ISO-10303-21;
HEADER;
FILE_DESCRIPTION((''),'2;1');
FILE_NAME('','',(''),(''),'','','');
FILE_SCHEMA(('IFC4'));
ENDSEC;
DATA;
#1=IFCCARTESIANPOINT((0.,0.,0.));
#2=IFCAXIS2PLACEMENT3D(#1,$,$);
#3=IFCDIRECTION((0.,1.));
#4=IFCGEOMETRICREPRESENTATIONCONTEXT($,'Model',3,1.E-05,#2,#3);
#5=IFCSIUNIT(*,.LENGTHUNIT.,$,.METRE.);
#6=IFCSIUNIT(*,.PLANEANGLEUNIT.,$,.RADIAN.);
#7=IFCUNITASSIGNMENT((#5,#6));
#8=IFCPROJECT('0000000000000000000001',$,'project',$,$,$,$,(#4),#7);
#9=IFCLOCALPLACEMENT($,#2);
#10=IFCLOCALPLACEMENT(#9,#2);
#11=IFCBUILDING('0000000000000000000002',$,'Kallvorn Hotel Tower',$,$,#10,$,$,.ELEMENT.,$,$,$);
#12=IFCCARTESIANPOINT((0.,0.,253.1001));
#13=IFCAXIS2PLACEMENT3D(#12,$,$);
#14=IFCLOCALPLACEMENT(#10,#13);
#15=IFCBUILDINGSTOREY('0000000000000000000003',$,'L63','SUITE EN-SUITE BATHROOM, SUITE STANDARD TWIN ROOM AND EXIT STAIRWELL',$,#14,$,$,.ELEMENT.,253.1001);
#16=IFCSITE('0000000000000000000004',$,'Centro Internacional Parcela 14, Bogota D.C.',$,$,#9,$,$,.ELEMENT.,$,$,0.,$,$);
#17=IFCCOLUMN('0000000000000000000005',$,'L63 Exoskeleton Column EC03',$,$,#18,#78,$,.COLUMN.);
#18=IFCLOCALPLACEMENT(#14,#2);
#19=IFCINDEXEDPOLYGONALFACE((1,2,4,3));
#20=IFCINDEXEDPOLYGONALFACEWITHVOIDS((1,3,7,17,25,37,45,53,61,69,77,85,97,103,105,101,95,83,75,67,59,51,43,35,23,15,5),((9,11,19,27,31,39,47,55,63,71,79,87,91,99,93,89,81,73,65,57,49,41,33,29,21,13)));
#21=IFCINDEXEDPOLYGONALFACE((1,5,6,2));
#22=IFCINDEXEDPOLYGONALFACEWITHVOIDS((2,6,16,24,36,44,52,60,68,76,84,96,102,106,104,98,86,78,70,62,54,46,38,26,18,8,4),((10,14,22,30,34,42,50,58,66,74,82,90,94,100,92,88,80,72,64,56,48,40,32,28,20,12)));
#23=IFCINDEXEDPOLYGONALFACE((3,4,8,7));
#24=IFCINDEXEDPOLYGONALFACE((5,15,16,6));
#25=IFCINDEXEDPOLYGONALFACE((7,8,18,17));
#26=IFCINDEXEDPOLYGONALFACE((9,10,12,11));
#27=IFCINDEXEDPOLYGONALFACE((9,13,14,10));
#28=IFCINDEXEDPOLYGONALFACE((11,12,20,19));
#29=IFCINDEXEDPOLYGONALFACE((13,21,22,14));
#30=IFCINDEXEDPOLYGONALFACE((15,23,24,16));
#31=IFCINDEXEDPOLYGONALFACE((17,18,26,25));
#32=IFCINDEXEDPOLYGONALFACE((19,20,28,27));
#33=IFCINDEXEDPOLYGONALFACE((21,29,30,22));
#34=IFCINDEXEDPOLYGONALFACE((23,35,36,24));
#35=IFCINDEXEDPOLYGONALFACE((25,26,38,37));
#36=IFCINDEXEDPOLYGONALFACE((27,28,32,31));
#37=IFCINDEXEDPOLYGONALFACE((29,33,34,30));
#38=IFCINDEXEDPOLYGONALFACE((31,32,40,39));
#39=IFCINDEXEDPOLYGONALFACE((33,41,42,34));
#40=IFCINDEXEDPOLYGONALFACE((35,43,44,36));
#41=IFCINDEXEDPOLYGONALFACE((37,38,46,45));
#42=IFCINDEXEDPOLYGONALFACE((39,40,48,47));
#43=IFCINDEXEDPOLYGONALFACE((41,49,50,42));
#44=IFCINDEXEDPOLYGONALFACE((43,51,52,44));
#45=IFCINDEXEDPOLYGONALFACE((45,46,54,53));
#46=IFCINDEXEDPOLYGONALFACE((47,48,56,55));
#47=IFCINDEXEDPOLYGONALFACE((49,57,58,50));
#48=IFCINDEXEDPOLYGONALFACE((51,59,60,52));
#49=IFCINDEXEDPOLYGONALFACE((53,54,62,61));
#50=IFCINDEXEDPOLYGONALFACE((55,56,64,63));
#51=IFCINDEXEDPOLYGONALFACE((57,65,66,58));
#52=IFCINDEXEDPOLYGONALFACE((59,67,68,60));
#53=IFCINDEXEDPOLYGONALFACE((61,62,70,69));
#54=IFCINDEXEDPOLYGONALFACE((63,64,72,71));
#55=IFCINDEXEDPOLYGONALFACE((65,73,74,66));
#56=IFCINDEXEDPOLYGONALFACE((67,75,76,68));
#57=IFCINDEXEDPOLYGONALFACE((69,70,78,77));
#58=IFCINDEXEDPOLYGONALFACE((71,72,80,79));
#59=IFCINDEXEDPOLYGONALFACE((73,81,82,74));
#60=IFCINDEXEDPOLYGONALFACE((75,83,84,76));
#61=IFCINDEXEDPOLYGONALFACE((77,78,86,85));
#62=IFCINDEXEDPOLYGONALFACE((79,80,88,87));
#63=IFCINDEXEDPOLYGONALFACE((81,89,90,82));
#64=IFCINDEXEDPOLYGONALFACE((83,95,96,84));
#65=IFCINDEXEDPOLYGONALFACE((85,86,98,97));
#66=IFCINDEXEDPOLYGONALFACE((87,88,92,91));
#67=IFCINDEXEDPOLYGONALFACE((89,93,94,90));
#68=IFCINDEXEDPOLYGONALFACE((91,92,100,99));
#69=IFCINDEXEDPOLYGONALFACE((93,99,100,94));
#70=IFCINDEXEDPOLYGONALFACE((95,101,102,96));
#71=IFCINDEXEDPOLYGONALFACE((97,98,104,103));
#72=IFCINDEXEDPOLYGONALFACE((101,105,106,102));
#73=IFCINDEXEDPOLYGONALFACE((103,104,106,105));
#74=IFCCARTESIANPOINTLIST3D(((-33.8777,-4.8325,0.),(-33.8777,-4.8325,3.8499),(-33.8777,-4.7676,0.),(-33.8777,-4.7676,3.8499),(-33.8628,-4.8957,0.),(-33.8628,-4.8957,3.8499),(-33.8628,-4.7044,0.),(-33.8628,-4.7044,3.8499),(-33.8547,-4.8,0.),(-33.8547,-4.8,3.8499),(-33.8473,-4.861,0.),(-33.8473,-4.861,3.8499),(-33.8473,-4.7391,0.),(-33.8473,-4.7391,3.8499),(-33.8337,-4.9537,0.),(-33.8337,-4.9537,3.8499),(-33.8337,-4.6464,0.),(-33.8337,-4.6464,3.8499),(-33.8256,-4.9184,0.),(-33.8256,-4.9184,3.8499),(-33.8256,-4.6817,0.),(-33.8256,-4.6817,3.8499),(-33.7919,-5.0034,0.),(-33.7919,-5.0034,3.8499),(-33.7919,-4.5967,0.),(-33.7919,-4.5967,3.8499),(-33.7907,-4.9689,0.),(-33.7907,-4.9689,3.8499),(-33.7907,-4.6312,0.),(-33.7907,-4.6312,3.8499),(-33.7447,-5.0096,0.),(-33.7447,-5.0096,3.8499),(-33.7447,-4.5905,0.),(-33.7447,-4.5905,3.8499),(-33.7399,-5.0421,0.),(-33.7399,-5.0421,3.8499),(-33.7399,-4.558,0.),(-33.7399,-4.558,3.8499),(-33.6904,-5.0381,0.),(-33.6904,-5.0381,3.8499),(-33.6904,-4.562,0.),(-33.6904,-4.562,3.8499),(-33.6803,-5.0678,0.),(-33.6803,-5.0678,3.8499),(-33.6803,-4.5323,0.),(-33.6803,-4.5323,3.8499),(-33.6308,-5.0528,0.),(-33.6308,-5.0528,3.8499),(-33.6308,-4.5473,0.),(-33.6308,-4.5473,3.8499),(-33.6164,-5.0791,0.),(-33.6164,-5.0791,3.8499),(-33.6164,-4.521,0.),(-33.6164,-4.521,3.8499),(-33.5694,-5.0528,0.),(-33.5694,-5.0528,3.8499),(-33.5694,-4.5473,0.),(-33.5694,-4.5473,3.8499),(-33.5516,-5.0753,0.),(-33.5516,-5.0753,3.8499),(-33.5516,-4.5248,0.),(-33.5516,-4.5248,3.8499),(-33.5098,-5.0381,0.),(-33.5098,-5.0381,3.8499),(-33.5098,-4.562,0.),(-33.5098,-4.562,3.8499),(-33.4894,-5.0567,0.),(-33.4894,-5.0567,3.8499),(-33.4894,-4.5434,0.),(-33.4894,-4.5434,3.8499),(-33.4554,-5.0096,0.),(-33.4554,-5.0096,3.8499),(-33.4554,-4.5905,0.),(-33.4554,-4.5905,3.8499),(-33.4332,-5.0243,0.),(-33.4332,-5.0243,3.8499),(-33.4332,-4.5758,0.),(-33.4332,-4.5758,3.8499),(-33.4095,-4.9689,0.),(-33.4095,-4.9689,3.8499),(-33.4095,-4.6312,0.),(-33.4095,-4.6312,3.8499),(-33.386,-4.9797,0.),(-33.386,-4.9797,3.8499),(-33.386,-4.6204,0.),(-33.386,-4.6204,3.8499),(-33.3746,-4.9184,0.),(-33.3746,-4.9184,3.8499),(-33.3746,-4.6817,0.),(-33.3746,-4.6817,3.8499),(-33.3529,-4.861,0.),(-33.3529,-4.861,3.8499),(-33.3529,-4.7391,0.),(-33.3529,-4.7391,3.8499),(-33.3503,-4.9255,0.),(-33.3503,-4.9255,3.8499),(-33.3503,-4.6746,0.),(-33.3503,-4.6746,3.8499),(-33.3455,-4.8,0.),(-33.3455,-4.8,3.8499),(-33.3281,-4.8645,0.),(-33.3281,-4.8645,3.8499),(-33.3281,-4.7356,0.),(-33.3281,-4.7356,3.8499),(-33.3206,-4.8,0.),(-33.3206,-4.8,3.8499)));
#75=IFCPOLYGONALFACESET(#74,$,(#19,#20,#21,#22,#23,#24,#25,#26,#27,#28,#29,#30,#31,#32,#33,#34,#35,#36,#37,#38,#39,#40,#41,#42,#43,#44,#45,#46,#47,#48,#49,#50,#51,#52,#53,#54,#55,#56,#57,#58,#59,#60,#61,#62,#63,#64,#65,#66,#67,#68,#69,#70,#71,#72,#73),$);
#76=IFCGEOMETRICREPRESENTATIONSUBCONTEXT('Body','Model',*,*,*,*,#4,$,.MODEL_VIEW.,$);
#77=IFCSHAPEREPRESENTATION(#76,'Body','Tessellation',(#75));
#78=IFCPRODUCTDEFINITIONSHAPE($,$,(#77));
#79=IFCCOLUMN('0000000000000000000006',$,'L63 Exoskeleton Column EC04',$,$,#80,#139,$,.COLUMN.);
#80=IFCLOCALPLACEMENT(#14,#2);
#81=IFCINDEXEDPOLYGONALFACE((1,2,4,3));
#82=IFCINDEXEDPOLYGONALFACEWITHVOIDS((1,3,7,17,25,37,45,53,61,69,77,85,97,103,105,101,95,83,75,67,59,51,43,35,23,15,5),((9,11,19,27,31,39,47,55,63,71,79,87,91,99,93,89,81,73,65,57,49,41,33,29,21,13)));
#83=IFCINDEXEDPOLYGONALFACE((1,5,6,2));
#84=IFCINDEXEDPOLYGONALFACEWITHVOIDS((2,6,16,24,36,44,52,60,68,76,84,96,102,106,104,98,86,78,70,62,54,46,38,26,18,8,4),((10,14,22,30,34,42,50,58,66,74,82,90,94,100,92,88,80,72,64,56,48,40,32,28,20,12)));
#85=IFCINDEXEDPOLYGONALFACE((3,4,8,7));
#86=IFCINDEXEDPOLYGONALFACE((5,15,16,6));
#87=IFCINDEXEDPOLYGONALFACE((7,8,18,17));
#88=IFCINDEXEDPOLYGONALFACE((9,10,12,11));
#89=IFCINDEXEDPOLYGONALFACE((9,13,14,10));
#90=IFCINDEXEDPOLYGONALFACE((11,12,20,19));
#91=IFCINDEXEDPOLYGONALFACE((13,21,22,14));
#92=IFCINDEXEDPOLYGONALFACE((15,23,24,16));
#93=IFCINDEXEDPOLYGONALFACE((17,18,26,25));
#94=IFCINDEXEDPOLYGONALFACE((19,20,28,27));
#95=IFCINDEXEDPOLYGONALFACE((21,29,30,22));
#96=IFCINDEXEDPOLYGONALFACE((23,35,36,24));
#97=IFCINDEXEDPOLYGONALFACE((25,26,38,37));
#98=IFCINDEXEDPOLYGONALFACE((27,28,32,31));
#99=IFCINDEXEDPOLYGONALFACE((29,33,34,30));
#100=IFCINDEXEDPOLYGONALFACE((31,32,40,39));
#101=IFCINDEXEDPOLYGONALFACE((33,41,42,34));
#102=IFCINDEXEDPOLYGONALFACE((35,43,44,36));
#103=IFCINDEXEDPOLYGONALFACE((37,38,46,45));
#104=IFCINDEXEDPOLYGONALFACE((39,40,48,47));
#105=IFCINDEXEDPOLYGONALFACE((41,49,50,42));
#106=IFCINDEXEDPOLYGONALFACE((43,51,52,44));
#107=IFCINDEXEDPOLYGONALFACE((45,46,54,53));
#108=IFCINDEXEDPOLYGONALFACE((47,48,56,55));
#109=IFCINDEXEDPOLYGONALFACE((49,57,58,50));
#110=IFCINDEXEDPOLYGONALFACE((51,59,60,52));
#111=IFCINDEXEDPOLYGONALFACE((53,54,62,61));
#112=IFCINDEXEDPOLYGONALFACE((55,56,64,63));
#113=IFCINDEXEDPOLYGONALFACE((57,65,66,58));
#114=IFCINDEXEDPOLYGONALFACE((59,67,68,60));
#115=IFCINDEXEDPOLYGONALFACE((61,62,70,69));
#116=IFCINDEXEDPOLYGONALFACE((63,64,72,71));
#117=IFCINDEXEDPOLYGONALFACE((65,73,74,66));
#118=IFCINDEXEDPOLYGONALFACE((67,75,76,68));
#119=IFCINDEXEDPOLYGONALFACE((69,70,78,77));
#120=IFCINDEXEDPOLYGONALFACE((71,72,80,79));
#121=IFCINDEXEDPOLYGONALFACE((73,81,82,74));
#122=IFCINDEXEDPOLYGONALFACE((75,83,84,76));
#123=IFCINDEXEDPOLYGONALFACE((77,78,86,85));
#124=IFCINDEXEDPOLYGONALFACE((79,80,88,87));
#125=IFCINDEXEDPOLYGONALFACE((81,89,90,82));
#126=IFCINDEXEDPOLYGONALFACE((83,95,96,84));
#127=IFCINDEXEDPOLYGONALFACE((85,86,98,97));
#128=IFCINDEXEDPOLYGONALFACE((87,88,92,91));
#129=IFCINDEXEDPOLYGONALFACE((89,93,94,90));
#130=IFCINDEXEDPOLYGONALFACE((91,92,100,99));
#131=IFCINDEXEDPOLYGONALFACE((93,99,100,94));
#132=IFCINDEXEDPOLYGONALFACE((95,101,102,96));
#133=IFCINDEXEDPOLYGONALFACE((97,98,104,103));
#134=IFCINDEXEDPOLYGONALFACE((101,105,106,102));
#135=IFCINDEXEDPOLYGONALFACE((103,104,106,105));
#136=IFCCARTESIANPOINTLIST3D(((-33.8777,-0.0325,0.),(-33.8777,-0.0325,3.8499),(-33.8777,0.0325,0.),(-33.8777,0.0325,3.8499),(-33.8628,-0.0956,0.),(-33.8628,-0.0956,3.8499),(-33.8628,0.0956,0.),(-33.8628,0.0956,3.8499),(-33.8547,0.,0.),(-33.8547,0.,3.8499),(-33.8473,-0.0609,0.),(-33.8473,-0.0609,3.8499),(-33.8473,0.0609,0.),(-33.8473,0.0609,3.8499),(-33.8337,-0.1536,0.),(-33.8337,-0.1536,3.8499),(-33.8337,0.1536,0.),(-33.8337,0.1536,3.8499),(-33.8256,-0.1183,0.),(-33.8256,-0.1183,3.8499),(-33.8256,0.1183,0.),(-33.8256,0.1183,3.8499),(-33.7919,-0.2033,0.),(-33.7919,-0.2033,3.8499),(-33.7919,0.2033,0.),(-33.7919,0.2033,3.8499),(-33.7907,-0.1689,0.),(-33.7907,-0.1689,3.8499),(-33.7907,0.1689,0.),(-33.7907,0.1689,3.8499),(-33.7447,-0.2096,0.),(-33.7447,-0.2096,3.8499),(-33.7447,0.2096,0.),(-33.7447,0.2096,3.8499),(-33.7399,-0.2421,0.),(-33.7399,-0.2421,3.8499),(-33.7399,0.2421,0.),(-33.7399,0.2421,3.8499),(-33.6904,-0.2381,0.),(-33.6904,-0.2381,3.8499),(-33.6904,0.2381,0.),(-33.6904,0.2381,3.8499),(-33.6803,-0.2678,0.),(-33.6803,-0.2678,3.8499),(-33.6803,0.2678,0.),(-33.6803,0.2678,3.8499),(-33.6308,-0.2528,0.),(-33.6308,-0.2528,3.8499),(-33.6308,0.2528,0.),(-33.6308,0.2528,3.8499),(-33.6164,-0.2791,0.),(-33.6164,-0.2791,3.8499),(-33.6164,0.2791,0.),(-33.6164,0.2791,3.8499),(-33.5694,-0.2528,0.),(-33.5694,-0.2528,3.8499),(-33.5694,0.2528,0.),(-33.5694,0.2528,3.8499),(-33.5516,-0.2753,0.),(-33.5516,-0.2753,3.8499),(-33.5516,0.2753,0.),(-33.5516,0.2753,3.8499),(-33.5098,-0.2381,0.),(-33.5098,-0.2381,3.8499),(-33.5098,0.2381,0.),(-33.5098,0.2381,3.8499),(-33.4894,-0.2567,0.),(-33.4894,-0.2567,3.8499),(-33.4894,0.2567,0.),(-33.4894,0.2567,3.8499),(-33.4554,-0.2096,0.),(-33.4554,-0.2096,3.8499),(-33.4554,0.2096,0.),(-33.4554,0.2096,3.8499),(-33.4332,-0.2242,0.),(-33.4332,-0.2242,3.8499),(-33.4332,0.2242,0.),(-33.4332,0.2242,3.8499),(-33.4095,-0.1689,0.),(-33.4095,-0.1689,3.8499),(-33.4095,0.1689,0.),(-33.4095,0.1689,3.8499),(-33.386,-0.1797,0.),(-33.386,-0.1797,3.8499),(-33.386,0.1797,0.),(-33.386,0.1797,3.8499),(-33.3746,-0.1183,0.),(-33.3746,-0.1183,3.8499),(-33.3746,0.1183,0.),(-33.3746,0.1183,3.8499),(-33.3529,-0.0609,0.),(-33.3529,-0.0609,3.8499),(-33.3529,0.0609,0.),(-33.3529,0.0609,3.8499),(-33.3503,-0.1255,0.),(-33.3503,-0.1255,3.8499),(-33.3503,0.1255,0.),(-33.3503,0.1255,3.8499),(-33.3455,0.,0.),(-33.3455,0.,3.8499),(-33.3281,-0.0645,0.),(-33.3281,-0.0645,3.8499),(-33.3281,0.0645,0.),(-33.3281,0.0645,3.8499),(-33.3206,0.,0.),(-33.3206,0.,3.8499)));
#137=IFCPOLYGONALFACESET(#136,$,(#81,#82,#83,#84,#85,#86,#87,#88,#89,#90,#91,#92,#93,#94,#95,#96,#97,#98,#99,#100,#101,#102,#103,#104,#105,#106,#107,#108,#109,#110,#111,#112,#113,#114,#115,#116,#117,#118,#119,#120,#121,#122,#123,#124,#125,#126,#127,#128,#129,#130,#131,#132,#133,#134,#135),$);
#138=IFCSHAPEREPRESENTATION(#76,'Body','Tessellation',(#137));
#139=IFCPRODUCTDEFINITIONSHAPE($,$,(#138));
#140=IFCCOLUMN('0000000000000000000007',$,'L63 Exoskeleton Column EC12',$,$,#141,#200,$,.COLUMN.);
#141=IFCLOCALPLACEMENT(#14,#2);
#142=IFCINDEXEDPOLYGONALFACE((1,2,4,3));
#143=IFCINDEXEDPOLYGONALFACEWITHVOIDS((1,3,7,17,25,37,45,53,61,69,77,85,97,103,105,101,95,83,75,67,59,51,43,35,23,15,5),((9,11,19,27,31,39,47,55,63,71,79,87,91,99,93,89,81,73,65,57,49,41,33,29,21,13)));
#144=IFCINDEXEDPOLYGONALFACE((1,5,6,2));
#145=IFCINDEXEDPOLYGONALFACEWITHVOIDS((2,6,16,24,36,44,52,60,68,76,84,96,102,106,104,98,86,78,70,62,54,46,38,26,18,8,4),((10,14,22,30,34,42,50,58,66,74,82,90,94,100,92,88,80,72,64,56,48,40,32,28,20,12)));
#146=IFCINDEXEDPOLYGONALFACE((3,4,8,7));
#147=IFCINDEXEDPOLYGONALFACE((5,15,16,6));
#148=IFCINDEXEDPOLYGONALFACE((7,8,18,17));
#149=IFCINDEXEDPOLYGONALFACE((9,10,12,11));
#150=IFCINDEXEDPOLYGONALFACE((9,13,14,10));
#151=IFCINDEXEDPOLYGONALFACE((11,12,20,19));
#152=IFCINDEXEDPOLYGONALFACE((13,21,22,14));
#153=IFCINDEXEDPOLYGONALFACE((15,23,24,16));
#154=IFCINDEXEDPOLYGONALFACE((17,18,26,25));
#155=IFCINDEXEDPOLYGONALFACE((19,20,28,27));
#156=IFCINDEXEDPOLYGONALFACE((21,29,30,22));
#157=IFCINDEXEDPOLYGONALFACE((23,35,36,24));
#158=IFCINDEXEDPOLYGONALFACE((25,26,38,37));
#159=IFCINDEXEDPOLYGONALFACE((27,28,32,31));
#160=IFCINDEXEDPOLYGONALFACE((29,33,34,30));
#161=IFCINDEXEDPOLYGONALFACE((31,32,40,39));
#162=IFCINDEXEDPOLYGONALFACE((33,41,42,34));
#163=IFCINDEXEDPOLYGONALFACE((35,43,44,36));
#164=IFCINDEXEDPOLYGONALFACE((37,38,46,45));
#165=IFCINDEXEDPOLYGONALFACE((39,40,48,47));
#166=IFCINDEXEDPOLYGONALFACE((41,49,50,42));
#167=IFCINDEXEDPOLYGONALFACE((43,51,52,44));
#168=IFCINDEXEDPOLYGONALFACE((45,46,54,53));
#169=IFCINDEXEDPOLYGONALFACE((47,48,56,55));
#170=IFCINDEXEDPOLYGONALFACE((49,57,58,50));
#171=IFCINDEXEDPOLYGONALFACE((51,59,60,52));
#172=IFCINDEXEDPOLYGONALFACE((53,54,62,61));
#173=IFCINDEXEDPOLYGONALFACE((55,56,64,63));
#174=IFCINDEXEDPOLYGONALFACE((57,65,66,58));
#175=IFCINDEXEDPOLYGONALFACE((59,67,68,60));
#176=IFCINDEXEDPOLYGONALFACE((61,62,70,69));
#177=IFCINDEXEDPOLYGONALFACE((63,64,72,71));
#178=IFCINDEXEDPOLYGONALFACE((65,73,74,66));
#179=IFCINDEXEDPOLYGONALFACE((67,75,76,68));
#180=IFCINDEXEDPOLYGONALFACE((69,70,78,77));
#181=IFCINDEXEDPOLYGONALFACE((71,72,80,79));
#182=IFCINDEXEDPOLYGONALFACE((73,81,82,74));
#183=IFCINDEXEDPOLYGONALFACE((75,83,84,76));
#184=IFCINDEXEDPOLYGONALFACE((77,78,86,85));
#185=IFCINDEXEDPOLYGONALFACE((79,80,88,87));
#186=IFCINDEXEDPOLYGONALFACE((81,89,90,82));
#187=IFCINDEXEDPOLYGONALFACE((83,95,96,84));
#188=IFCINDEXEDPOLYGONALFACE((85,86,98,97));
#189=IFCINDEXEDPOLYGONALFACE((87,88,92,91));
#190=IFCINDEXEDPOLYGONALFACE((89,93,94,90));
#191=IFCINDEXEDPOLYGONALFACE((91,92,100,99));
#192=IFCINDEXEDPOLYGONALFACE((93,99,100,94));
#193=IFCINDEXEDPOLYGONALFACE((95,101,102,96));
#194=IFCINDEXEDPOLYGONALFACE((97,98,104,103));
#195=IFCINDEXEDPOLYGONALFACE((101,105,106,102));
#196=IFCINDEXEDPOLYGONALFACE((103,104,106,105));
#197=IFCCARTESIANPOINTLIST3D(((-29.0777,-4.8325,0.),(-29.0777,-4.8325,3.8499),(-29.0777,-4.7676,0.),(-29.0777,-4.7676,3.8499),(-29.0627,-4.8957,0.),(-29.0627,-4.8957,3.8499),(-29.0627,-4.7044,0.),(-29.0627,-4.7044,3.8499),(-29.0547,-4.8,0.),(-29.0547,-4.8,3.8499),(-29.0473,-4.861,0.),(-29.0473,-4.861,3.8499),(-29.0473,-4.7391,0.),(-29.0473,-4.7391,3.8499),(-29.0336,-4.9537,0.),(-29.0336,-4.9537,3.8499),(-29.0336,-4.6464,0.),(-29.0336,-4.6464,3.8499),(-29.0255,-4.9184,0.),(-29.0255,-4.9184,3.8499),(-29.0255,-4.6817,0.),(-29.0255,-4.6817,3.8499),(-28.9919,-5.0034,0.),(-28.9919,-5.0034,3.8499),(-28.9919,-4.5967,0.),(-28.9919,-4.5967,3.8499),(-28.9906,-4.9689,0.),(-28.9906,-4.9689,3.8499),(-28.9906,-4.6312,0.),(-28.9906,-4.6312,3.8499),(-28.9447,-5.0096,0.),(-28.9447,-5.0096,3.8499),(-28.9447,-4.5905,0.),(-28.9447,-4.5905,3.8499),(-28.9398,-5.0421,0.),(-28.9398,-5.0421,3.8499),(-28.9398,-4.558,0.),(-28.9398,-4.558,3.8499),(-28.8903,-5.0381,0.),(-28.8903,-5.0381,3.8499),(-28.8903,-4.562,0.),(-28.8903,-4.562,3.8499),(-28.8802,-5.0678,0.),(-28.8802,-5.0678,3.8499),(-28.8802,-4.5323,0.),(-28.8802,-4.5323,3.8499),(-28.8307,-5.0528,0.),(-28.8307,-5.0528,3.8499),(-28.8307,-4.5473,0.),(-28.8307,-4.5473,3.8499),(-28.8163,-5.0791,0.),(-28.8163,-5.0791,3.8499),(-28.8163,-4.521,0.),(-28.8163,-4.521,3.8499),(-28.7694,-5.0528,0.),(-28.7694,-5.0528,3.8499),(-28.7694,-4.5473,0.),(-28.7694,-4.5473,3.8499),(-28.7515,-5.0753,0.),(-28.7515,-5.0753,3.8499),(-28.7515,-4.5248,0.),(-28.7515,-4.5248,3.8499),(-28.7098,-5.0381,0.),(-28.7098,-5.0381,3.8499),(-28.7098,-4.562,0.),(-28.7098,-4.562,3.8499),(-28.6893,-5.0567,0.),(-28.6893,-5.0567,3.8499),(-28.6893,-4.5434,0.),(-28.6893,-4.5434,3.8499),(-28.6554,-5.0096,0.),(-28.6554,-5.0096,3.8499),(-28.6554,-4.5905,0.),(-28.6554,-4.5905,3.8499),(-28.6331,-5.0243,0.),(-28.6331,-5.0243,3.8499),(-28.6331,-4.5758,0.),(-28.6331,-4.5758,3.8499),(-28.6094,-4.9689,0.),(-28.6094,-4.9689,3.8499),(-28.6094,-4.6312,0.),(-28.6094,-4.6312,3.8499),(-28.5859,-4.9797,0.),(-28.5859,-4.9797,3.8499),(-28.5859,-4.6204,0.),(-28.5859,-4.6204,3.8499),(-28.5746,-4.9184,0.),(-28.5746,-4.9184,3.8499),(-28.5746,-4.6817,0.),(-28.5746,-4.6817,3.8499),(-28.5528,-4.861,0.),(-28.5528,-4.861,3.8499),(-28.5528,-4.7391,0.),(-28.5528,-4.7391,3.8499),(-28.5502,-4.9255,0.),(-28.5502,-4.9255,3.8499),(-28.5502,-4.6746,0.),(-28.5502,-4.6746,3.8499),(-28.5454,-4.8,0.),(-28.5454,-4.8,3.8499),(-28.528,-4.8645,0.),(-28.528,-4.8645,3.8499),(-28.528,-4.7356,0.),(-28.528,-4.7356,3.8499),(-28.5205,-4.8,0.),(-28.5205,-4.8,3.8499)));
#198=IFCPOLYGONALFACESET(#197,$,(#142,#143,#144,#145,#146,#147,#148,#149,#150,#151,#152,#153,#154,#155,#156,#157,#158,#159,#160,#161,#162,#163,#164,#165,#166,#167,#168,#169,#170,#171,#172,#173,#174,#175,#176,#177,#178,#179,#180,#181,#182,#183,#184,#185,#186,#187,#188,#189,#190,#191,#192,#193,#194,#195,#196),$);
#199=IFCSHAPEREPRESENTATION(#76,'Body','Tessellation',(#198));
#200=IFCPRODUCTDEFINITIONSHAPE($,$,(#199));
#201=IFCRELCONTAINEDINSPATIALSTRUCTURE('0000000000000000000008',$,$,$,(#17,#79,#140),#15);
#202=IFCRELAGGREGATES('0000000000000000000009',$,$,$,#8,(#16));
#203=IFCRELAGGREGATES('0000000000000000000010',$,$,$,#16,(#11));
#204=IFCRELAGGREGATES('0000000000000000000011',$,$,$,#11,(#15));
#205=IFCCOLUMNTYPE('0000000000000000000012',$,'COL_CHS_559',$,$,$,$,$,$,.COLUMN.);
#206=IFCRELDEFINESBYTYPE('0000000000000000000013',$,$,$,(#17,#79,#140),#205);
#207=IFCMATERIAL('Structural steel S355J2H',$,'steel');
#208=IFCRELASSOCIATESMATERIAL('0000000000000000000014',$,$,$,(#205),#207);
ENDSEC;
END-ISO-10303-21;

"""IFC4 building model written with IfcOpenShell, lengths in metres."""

from ifc_helpers import new_model, si_unit, direction, frame, origin, origin_2d, place, context, subcontext, project, spatial, hollow_circle, extrude, material, material_profile, profile_set, type_object, element, save


model = new_model("IFC4")

# Units and contexts
model_context = context("Model", 3, precision=1e-05, world=origin(), true_north=direction((0.0, 1.0)))
body_context = subcontext(model_context, "Body", "Model", "MODEL_VIEW")
ifc_project = project(units=[si_unit("LENGTHUNIT", "METRE"), si_unit("PLANEANGLEUNIT", "RADIAN")], contexts=[model_context])

# Site, building, storey
site_placement = place(None, origin())
site = spatial("IfcSite", under=ifc_project, at=site_placement, Name="Centro Internacional Parcela 14, Bogota D.C.", CompositionType="ELEMENT", RefElevation=0.0)
building_placement = place(site_placement, origin())
building = spatial("IfcBuilding", under=site, at=building_placement, Name="Kallvorn Hotel Tower", CompositionType="ELEMENT")
storey_placement = place(building_placement, frame((0.0, 0.0, 253.1001)))
storey = spatial("IfcBuildingStorey", under=building, at=storey_placement, Name="L63", Description="SUITE EN-SUITE BATHROOM, SUITE STANDARD TWIN ROOM AND EXIT STAIRWELL", CompositionType="ELEMENT", Elevation=253.1001)

# Columns
ifc_material_1 = material(Name="Structural steel S355J2H", Category="steel")
ifc_material_profile_1 = material_profile(ifc_material_1, hollow_circle(Radius=0.2795, WallThickness=0.0249, at=origin_2d()), Name="CHS 559x25")
ifc_profile_set_1 = profile_set([ifc_material_profile_1], Name="Structural steel S355J2H")
column_type_1 = type_object("IfcColumnType", Name="COL_CHS_559", PredefinedType="COLUMN", material=ifc_profile_set_1)
for number, where, z_axis, x_axis, name in (
    (1, (-33.6001, -4.8, 0.0), (0.0, 0.0, 1.0), (1.0, 0.0, 0.0), "L63 Exoskeleton Column EC03"),
    (2, (-33.6001, 0.0, 0.0), (0.0, 0.0, 1.0), (1.0, 0.0, 0.0), "L63 Exoskeleton Column EC04"),
    (3, (-28.8, -4.8, 0.0), (0.0, 0.0, 1.0), (1.0, 0.0, 0.0), "L63 Exoskeleton Column EC12"),
):
    element("IfcColumn", number, at=place(storey_placement, frame(where, z_axis=z_axis, x_axis=x_axis)), inside=storey, type_object=column_type_1, Name=name, PredefinedType="COLUMN", context=body_context, shape_type="SweptSolid", body=[
        extrude(hollow_circle(Radius=0.2795, WallThickness=0.0249, at=origin_2d()), origin(), (0.0, 0.0, 1.0), 3.8499),
    ])

save(model, "model.ifc")
